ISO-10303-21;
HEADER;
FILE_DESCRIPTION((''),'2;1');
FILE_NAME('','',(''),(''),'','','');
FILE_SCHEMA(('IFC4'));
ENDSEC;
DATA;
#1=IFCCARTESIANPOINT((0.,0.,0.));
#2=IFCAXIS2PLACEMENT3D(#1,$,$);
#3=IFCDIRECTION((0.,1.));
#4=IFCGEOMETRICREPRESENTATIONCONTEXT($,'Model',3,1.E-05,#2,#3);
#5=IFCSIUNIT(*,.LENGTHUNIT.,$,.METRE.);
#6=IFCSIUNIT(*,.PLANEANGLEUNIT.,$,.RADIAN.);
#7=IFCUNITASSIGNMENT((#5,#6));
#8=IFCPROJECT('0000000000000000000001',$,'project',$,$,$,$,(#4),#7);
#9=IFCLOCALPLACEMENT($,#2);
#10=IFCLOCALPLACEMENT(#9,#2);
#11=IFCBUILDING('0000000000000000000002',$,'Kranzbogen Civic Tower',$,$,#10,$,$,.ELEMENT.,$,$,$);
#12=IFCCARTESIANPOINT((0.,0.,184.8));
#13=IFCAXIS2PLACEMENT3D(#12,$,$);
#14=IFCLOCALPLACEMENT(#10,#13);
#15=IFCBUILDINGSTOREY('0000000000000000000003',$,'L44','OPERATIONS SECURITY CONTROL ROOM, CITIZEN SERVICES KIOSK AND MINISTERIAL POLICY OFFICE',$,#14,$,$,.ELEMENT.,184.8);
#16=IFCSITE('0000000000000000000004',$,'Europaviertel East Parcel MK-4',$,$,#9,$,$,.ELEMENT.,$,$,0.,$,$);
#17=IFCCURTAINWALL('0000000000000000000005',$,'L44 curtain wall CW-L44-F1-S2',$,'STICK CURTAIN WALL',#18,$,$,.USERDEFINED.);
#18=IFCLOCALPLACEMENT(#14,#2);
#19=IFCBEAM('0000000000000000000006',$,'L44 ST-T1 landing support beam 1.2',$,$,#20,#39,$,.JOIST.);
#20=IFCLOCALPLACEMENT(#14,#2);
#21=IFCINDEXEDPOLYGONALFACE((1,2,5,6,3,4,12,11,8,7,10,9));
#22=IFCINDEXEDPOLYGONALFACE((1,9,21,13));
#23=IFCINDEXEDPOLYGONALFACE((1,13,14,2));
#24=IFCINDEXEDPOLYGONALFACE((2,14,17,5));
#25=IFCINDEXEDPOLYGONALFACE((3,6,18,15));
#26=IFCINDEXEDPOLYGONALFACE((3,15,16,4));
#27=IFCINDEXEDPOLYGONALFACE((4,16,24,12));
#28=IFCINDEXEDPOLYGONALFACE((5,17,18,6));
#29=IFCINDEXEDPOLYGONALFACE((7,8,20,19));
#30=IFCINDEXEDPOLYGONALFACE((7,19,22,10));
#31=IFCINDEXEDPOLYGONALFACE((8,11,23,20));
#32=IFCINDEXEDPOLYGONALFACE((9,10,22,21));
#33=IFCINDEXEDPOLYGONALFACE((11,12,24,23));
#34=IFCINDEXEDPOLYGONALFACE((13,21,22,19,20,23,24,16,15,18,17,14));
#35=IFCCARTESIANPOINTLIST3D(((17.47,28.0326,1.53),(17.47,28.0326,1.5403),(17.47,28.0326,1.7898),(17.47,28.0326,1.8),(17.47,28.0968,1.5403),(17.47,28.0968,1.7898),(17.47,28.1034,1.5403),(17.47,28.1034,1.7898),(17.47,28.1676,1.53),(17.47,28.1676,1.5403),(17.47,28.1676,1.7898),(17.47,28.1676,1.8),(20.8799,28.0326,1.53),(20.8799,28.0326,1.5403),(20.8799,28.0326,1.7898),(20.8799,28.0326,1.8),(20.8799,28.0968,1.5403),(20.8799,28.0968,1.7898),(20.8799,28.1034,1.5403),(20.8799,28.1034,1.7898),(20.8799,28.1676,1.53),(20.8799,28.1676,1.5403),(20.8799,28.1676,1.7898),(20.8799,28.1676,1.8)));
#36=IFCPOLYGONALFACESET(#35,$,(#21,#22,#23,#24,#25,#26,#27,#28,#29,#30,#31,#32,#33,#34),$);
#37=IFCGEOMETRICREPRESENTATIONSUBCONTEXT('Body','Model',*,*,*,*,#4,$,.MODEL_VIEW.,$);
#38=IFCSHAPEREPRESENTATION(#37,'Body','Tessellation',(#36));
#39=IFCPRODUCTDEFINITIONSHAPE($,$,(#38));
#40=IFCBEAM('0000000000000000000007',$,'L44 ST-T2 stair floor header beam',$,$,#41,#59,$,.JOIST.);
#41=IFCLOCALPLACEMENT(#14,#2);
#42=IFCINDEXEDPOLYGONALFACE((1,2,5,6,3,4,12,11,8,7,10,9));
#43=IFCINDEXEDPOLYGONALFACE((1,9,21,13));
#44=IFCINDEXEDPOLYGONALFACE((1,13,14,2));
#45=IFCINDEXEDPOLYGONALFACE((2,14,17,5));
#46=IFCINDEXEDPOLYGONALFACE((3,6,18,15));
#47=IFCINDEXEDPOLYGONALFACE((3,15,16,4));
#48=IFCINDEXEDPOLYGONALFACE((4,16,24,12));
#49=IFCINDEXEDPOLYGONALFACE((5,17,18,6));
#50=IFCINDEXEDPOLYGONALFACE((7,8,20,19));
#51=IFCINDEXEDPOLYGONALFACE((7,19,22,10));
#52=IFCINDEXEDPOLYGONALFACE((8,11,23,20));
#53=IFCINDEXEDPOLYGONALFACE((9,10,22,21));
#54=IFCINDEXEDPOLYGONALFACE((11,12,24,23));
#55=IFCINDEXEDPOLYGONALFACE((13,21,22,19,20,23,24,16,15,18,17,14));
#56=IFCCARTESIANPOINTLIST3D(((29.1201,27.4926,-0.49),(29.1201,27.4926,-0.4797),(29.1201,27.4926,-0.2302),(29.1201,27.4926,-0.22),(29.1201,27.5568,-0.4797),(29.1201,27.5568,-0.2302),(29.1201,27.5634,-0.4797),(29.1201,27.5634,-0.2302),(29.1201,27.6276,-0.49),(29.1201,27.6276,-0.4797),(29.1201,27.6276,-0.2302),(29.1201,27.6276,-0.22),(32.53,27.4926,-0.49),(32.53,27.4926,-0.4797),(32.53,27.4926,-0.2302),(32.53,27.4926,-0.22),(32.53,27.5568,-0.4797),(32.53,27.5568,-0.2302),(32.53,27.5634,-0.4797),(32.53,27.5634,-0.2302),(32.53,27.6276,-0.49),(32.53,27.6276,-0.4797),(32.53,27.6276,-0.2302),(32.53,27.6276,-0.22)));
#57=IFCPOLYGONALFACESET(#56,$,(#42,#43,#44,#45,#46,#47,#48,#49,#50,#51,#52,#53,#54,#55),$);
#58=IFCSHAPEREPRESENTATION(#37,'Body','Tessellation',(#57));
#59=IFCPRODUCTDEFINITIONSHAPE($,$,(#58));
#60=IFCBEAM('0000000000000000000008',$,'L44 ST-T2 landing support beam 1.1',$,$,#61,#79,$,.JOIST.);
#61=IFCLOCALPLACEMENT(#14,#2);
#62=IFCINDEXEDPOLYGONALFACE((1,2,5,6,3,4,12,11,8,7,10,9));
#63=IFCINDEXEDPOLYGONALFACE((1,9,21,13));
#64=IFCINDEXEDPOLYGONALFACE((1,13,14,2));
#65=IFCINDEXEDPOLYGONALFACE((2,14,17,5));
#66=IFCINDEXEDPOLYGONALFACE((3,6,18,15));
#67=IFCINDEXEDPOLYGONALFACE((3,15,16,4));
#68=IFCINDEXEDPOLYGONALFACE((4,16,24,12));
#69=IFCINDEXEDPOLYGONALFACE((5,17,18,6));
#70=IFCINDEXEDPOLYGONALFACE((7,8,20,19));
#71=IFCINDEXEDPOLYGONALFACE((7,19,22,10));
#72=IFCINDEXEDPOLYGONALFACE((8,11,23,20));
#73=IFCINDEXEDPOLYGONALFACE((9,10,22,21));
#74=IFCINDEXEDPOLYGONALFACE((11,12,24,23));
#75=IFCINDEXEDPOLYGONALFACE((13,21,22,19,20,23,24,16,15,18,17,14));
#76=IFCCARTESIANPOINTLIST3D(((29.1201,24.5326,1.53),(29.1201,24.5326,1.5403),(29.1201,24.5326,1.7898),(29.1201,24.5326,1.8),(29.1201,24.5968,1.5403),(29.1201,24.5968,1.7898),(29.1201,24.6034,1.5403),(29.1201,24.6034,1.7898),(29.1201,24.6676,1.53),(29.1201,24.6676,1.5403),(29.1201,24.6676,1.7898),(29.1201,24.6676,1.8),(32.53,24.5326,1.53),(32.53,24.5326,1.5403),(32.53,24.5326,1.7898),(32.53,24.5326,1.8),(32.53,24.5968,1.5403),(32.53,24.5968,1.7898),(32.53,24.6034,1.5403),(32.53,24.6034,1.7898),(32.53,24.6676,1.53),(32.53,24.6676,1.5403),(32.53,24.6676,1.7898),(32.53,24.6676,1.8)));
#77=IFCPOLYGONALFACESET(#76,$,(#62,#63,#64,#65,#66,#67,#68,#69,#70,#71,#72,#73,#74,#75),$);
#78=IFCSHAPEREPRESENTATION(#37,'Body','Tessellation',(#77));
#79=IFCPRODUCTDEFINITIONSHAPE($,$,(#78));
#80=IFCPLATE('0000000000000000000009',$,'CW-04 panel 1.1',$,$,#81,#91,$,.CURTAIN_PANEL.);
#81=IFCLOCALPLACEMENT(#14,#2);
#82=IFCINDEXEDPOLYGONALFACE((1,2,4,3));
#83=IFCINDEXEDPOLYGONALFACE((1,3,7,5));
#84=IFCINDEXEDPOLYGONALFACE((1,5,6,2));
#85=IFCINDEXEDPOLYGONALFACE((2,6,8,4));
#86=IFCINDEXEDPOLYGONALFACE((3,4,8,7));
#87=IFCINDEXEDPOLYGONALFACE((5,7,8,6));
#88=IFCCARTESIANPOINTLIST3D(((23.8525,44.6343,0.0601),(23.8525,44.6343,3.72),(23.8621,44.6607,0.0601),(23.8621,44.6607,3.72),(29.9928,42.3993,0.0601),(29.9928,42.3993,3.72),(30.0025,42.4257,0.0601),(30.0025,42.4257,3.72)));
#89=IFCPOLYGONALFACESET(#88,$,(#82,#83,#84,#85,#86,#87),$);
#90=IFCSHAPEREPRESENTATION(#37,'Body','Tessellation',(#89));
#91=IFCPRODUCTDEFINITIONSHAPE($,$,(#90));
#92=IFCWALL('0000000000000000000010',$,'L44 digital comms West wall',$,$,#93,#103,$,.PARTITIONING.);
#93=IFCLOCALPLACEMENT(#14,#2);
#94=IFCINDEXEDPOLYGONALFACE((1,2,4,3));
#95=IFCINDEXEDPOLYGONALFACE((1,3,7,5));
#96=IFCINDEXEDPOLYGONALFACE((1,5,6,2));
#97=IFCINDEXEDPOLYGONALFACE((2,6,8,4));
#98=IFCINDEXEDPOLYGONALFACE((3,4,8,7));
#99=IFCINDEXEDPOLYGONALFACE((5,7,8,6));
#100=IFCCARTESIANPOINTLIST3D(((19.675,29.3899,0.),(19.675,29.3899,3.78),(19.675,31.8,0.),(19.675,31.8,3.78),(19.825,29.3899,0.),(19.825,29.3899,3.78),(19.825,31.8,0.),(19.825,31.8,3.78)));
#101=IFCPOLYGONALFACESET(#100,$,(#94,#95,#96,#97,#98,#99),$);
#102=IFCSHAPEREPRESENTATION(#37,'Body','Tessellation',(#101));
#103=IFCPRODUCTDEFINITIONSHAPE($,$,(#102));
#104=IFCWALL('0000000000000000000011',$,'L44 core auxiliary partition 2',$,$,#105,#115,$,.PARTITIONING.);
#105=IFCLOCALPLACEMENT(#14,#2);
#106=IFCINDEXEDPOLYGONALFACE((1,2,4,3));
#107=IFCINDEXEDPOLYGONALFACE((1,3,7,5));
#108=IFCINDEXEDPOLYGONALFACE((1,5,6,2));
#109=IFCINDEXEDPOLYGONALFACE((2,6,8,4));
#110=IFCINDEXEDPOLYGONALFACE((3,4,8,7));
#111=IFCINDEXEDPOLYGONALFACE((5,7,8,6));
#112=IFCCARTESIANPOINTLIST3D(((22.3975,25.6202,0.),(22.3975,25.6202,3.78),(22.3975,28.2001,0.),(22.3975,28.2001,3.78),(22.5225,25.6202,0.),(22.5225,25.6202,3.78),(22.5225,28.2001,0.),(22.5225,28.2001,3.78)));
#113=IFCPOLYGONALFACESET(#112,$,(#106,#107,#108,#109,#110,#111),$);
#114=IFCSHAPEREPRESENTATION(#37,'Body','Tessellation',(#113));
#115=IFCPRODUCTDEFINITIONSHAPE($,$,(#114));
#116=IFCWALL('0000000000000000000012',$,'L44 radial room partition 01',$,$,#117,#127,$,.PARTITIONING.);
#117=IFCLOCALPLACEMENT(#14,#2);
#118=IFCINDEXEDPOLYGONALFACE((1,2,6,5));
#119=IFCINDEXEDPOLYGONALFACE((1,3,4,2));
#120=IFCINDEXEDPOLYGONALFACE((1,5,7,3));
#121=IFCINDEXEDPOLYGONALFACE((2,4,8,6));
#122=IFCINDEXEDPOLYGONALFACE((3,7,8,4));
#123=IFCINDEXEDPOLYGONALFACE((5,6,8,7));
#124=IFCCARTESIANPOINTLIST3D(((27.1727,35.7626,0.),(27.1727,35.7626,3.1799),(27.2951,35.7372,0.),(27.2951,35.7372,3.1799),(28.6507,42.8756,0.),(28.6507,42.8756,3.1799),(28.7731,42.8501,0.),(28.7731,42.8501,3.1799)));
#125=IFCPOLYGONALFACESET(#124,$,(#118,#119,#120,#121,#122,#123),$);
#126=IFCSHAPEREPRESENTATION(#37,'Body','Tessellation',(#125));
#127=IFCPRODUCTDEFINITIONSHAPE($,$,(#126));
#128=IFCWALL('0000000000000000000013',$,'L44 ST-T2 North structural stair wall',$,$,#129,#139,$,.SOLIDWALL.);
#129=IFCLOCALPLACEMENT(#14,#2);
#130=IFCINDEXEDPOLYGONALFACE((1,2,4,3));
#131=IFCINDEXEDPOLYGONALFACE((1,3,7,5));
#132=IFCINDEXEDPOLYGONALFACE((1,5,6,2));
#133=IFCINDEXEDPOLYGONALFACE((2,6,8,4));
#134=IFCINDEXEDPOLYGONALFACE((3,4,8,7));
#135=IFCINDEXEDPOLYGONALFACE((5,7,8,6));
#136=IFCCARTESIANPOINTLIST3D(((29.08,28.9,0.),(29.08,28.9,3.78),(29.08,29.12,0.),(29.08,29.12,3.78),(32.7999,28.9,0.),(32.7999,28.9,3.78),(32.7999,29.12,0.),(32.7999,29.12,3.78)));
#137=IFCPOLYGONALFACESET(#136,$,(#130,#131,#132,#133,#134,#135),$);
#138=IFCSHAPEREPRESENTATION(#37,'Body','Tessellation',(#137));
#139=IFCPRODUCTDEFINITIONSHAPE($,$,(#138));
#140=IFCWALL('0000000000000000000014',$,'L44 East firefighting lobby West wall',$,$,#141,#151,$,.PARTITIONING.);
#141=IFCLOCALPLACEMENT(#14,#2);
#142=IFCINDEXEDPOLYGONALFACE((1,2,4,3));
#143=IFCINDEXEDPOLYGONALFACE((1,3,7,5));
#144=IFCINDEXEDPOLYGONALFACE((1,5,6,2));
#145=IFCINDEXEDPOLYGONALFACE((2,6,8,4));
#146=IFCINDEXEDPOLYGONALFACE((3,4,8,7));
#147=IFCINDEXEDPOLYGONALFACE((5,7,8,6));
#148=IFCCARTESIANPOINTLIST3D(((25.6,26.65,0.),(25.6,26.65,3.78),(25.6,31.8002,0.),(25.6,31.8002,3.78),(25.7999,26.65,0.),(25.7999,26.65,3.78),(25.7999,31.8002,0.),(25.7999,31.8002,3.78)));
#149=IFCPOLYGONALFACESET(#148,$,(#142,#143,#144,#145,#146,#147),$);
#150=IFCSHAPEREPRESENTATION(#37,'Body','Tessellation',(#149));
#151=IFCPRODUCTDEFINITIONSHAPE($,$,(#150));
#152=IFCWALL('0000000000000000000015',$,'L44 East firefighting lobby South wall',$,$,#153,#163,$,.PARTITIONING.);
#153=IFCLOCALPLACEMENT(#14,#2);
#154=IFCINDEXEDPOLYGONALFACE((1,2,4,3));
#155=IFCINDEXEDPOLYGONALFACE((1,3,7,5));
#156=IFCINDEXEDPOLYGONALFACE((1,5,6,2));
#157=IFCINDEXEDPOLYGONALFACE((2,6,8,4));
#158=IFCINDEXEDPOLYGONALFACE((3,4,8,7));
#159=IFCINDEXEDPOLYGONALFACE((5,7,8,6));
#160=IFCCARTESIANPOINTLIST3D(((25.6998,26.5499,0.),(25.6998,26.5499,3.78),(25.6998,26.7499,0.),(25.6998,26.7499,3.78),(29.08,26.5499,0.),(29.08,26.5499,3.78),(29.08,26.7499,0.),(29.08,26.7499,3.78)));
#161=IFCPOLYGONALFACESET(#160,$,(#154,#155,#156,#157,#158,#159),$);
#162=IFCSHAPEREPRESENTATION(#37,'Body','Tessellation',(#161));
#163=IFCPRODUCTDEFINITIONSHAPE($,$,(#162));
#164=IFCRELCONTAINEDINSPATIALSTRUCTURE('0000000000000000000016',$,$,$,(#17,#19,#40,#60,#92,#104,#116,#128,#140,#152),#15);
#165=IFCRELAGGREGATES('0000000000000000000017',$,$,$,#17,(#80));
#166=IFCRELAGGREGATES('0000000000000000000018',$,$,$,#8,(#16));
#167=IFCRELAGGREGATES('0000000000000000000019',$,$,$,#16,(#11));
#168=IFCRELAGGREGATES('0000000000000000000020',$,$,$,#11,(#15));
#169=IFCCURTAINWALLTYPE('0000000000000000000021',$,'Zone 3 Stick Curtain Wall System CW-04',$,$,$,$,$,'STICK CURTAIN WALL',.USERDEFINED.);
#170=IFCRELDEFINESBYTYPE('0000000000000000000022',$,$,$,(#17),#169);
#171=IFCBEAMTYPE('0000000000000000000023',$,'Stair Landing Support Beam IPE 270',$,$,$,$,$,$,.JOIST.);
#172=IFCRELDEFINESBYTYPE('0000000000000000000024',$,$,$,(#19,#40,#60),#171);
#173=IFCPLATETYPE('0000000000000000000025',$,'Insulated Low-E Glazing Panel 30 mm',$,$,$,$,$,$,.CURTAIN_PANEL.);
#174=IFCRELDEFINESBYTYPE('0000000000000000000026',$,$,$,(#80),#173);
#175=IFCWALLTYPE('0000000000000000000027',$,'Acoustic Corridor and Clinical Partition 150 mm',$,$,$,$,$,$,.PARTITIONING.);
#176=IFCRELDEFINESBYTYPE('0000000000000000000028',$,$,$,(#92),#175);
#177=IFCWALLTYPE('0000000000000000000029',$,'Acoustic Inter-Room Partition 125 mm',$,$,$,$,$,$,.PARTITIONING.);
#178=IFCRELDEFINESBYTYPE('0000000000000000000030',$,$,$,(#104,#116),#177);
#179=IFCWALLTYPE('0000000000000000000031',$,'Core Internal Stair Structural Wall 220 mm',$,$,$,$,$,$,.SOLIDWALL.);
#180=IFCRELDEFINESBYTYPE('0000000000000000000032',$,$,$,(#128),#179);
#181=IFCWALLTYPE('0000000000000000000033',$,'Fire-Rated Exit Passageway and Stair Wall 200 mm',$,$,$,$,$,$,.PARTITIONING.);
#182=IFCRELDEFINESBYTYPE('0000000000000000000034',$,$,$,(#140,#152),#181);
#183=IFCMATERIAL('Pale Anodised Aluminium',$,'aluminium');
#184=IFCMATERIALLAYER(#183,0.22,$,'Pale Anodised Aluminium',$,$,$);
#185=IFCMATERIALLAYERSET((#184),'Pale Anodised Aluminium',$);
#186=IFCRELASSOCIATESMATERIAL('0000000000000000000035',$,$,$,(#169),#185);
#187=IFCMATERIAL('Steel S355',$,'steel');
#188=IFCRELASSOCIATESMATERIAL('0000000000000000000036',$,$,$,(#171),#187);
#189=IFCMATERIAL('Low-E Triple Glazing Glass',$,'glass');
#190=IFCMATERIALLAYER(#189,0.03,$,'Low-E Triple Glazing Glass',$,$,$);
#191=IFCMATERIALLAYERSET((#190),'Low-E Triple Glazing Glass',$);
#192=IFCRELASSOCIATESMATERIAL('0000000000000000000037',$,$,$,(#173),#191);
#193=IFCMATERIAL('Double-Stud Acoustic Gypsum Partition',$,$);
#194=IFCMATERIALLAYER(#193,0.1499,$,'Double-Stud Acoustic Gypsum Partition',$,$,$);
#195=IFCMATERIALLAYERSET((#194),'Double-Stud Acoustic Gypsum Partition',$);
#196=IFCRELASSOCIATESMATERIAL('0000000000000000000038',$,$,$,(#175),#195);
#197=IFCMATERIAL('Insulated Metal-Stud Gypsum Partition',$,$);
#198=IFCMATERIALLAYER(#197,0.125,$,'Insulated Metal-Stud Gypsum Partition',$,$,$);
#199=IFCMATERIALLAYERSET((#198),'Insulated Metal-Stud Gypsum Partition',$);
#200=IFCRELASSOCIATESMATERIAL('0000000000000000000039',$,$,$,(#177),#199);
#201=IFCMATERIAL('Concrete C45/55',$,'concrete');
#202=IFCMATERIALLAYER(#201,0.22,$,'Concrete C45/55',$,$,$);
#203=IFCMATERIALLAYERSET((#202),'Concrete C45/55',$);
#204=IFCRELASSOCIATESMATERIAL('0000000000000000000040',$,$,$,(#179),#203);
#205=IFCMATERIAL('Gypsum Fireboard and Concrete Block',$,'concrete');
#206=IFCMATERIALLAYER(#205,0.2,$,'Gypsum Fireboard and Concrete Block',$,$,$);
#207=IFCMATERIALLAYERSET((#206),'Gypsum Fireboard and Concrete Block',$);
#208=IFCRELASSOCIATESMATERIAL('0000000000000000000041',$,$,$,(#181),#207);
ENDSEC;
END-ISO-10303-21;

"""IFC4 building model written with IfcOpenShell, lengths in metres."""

from ifc_helpers import new_model, si_unit, direction, frame, frame_2d, origin, origin_2d, place, context, subcontext, project, spatial, rectangle, i_section, extrude, material, layer, layer_set, material_profile, profile_set, type_object, element, aggregate, save


model = new_model("IFC4")

# Units and contexts
model_context = context("Model", 3, precision=1e-05, world=origin(), true_north=direction((0.0, 1.0)))
body_context = subcontext(model_context, "Body", "Model", "MODEL_VIEW")
ifc_project = project(units=[si_unit("LENGTHUNIT", "METRE"), si_unit("PLANEANGLEUNIT", "RADIAN")], contexts=[model_context])

# Site, building, storey
site_placement = place(None, origin())
site = spatial("IfcSite", under=ifc_project, at=site_placement, Name="Europaviertel East Parcel MK-4", CompositionType="ELEMENT", RefElevation=0.0)
building_placement = place(site_placement, origin())
building = spatial("IfcBuilding", under=site, at=building_placement, Name="Kranzbogen Civic Tower", CompositionType="ELEMENT")
storey_placement = place(building_placement, frame((0.0, 0.0, 184.8)))
storey = spatial("IfcBuildingStorey", under=building, at=storey_placement, Name="L44", Description="OPERATIONS SECURITY CONTROL ROOM, CITIZEN SERVICES KIOSK AND MINISTERIAL POLICY OFFICE", CompositionType="ELEMENT", Elevation=184.8)

# Shared definitions
ifc_material_1 = material(Name="Steel S355", Category="steel")

# Curtain wall
ifc_material_2 = material(Name="Pale Anodised Aluminium", Category="aluminium")
ifc_layer_1 = layer(ifc_material_2, 0.22, Name="Pale Anodised Aluminium")
ifc_layer_set_1 = layer_set([ifc_layer_1], Name="Pale Anodised Aluminium")
curtain_wall_type = type_object("IfcCurtainWallType", Name="Zone 3 Stick Curtain Wall System CW-04", ElementType="STICK CURTAIN WALL", PredefinedType="USERDEFINED", material=ifc_layer_set_1)
curtain_wall_placement = place(storey_placement, origin())
curtain_wall = element("IfcCurtainWall", 1, at=curtain_wall_placement, inside=storey, type_object=curtain_wall_type, Name="L44 curtain wall CW-L44-F1-S2", ObjectType="STICK CURTAIN WALL", PredefinedType="USERDEFINED")

# Beams
ifc_material_profile_1 = material_profile(ifc_material_1, i_section(OverallWidth=0.135, OverallDepth=0.27, WebThickness=0.0066, FlangeThickness=0.0103, at=origin_2d()), Name="IPE 270")
ifc_profile_set_1 = profile_set([ifc_material_profile_1], Name="Steel S355")
beam_type_1 = type_object("IfcBeamType", Name="Stair Landing Support Beam IPE 270", PredefinedType="JOIST", material=ifc_profile_set_1)
for number, where, z_axis, x_axis, name in (
    (2, (20.8799, 28.1001, 1.665), (-1.0, 0.0, 0.0), (0.0, -1.0, 0.0), "L44 ST-T1 landing support beam 1.2"),
    (3, (29.1201, 27.5601, -0.355), (1.0, 0.0, 0.0), (0.0, 1.0, 0.0), "L44 ST-T2 stair floor header beam"),
    (4, (29.1201, 24.6001, 1.665), (1.0, 0.0, 0.0), (0.0, 1.0, 0.0), "L44 ST-T2 landing support beam 1.1"),
):
    element("IfcBeam", number, at=place(storey_placement, frame(where, z_axis=z_axis, x_axis=x_axis)), inside=storey, type_object=beam_type_1, Name=name, PredefinedType="JOIST", context=body_context, shape_type="SweptSolid", body=[
        extrude(i_section(OverallWidth=0.135, OverallDepth=0.27, WebThickness=0.0066, FlangeThickness=0.0103, at=origin_2d()), origin(), (0.0, 0.0, 1.0), 3.4099),
    ])

# Plate
ifc_material_3 = material(Name="Low-E Triple Glazing Glass", Category="glass")
ifc_layer_2 = layer(ifc_material_3, 0.03, Name="Low-E Triple Glazing Glass")
ifc_layer_set_2 = layer_set([ifc_layer_2], Name="Low-E Triple Glazing Glass")
plate_type = type_object("IfcPlateType", Name="Insulated Low-E Glazing Panel 30 mm", PredefinedType="CURTAIN_PANEL", material=ifc_layer_set_2)
plate_placement = place(storey_placement, frame((26.9275, 43.53, 0.0601), z_axis=(0.0, 0.0, 1.0), x_axis=(-0.939688, 0.342033, 0.0)))
plate = element("IfcPlate", 5, at=plate_placement, type_object=plate_type, Name="CW-04 panel 1.1", PredefinedType="CURTAIN_PANEL", context=body_context, shape_type="SweptSolid", body=[
    extrude(rectangle(XDim=6.5344, YDim=0.0281, at=origin_2d()), origin(), (0.0, 0.0, 1.0), 3.6599),
])
aggregate(curtain_wall, [plate])

# Wall
ifc_material_4 = material(Name="Double-Stud Acoustic Gypsum Partition")
ifc_layer_3 = layer(ifc_material_4, 0.1499, Name="Double-Stud Acoustic Gypsum Partition")
ifc_layer_set_3 = layer_set([ifc_layer_3], Name="Double-Stud Acoustic Gypsum Partition")
wall_type_1 = type_object("IfcWallType", Name="Acoustic Corridor and Clinical Partition 150 mm", PredefinedType="PARTITIONING", material=ifc_layer_set_3)
wall_1_placement = place(storey_placement, frame((19.75, 29.3899, 0.0), z_axis=(0.0, 0.0, 1.0), x_axis=(0.0, 1.0, 0.0)))
element("IfcWall", 6, at=wall_1_placement, inside=storey, type_object=wall_type_1, Name="L44 digital comms West wall", PredefinedType="PARTITIONING", context=body_context, shape_type="SweptSolid", body=[
    extrude(rectangle(XDim=2.4102, YDim=0.1499, at=frame_2d((1.2051, 0.0))), origin(), (0.0, 0.0, 1.0), 3.78),
])

# Shared definitions
ifc_material_5 = material(Name="Insulated Metal-Stud Gypsum Partition")
ifc_layer_4 = layer(ifc_material_5, 0.125, Name="Insulated Metal-Stud Gypsum Partition")
ifc_layer_set_4 = layer_set([ifc_layer_4], Name="Insulated Metal-Stud Gypsum Partition")
wall_type_2 = type_object("IfcWallType", Name="Acoustic Inter-Room Partition 125 mm", PredefinedType="PARTITIONING", material=ifc_layer_set_4)

# Walls
wall_2_placement = place(storey_placement, frame((22.46, 25.6201, 0.0), z_axis=(0.0, 0.0, 1.0), x_axis=(0.0, 1.0, 0.0)))
element("IfcWall", 7, at=wall_2_placement, inside=storey, type_object=wall_type_2, Name="L44 core auxiliary partition 2", PredefinedType="PARTITIONING", context=body_context, shape_type="SweptSolid", body=[
    extrude(rectangle(XDim=2.5798, YDim=0.125, at=frame_2d((1.29, 0.0))), origin(), (0.0, 0.0, 1.0), 3.78),
])
wall_3_placement = place(storey_placement, frame((27.2339, 35.75, 0.0), z_axis=(0.0, 0.0, 1.0), x_axis=(0.203446, 0.979086, 0.0)))
element("IfcWall", 8, at=wall_3_placement, inside=storey, type_object=wall_type_2, Name="L44 radial room partition 01", PredefinedType="PARTITIONING", context=body_context, shape_type="SweptSolid", body=[
    extrude(rectangle(XDim=7.2649, YDim=0.125, at=frame_2d((3.6323, 0.0))), origin(), (0.0, 0.0, 1.0), 3.1799),
])
ifc_material_6 = material(Name="Concrete C45/55", Category="concrete")
ifc_layer_5 = layer(ifc_material_6, 0.22, Name="Concrete C45/55")
ifc_layer_set_5 = layer_set([ifc_layer_5], Name="Concrete C45/55")
wall_type_3 = type_object("IfcWallType", Name="Core Internal Stair Structural Wall 220 mm", PredefinedType="SOLIDWALL", material=ifc_layer_set_5)
wall_4_placement = place(storey_placement, frame((29.0801, 29.01, 0.0), z_axis=(0.0, 0.0, 1.0), x_axis=(1.0, 0.0, 0.0)))
element("IfcWall", 9, at=wall_4_placement, inside=storey, type_object=wall_type_3, Name="L44 ST-T2 North structural stair wall", PredefinedType="SOLIDWALL", context=body_context, shape_type="SweptSolid", body=[
    extrude(rectangle(XDim=3.72, YDim=0.22, at=frame_2d((1.8599, 0.0))), origin(), (0.0, 0.0, 1.0), 3.78),
])
ifc_material_7 = material(Name="Gypsum Fireboard and Concrete Block", Category="concrete")
ifc_layer_6 = layer(ifc_material_7, 0.2, Name="Gypsum Fireboard and Concrete Block")
ifc_layer_set_6 = layer_set([ifc_layer_6], Name="Gypsum Fireboard and Concrete Block")
wall_type_4 = type_object("IfcWallType", Name="Fire-Rated Exit Passageway and Stair Wall 200 mm", PredefinedType="PARTITIONING", material=ifc_layer_set_6)
wall_5_placement = place(storey_placement, frame((25.7, 26.6499, 0.0), z_axis=(0.0, 0.0, 1.0), x_axis=(0.0, 1.0, 0.0)))
element("IfcWall", 10, at=wall_5_placement, inside=storey, type_object=wall_type_4, Name="L44 East firefighting lobby West wall", PredefinedType="PARTITIONING", context=body_context, shape_type="SweptSolid", body=[
    extrude(rectangle(XDim=5.1501, YDim=0.2, at=frame_2d((2.5752, 0.0))), origin(), (0.0, 0.0, 1.0), 3.78),
])
wall_6_placement = place(storey_placement, frame((25.7, 26.6499, 0.0), z_axis=(0.0, 0.0, 1.0), x_axis=(1.0, 0.0, 0.0)))
element("IfcWall", 11, at=wall_6_placement, inside=storey, type_object=wall_type_4, Name="L44 East firefighting lobby South wall", PredefinedType="PARTITIONING", context=body_context, shape_type="SweptSolid", body=[
    extrude(rectangle(XDim=3.3801, YDim=0.2, at=frame_2d((1.6899, 0.0))), origin(), (0.0, 0.0, 1.0), 3.78),
])

save(model, "model.ifc")
